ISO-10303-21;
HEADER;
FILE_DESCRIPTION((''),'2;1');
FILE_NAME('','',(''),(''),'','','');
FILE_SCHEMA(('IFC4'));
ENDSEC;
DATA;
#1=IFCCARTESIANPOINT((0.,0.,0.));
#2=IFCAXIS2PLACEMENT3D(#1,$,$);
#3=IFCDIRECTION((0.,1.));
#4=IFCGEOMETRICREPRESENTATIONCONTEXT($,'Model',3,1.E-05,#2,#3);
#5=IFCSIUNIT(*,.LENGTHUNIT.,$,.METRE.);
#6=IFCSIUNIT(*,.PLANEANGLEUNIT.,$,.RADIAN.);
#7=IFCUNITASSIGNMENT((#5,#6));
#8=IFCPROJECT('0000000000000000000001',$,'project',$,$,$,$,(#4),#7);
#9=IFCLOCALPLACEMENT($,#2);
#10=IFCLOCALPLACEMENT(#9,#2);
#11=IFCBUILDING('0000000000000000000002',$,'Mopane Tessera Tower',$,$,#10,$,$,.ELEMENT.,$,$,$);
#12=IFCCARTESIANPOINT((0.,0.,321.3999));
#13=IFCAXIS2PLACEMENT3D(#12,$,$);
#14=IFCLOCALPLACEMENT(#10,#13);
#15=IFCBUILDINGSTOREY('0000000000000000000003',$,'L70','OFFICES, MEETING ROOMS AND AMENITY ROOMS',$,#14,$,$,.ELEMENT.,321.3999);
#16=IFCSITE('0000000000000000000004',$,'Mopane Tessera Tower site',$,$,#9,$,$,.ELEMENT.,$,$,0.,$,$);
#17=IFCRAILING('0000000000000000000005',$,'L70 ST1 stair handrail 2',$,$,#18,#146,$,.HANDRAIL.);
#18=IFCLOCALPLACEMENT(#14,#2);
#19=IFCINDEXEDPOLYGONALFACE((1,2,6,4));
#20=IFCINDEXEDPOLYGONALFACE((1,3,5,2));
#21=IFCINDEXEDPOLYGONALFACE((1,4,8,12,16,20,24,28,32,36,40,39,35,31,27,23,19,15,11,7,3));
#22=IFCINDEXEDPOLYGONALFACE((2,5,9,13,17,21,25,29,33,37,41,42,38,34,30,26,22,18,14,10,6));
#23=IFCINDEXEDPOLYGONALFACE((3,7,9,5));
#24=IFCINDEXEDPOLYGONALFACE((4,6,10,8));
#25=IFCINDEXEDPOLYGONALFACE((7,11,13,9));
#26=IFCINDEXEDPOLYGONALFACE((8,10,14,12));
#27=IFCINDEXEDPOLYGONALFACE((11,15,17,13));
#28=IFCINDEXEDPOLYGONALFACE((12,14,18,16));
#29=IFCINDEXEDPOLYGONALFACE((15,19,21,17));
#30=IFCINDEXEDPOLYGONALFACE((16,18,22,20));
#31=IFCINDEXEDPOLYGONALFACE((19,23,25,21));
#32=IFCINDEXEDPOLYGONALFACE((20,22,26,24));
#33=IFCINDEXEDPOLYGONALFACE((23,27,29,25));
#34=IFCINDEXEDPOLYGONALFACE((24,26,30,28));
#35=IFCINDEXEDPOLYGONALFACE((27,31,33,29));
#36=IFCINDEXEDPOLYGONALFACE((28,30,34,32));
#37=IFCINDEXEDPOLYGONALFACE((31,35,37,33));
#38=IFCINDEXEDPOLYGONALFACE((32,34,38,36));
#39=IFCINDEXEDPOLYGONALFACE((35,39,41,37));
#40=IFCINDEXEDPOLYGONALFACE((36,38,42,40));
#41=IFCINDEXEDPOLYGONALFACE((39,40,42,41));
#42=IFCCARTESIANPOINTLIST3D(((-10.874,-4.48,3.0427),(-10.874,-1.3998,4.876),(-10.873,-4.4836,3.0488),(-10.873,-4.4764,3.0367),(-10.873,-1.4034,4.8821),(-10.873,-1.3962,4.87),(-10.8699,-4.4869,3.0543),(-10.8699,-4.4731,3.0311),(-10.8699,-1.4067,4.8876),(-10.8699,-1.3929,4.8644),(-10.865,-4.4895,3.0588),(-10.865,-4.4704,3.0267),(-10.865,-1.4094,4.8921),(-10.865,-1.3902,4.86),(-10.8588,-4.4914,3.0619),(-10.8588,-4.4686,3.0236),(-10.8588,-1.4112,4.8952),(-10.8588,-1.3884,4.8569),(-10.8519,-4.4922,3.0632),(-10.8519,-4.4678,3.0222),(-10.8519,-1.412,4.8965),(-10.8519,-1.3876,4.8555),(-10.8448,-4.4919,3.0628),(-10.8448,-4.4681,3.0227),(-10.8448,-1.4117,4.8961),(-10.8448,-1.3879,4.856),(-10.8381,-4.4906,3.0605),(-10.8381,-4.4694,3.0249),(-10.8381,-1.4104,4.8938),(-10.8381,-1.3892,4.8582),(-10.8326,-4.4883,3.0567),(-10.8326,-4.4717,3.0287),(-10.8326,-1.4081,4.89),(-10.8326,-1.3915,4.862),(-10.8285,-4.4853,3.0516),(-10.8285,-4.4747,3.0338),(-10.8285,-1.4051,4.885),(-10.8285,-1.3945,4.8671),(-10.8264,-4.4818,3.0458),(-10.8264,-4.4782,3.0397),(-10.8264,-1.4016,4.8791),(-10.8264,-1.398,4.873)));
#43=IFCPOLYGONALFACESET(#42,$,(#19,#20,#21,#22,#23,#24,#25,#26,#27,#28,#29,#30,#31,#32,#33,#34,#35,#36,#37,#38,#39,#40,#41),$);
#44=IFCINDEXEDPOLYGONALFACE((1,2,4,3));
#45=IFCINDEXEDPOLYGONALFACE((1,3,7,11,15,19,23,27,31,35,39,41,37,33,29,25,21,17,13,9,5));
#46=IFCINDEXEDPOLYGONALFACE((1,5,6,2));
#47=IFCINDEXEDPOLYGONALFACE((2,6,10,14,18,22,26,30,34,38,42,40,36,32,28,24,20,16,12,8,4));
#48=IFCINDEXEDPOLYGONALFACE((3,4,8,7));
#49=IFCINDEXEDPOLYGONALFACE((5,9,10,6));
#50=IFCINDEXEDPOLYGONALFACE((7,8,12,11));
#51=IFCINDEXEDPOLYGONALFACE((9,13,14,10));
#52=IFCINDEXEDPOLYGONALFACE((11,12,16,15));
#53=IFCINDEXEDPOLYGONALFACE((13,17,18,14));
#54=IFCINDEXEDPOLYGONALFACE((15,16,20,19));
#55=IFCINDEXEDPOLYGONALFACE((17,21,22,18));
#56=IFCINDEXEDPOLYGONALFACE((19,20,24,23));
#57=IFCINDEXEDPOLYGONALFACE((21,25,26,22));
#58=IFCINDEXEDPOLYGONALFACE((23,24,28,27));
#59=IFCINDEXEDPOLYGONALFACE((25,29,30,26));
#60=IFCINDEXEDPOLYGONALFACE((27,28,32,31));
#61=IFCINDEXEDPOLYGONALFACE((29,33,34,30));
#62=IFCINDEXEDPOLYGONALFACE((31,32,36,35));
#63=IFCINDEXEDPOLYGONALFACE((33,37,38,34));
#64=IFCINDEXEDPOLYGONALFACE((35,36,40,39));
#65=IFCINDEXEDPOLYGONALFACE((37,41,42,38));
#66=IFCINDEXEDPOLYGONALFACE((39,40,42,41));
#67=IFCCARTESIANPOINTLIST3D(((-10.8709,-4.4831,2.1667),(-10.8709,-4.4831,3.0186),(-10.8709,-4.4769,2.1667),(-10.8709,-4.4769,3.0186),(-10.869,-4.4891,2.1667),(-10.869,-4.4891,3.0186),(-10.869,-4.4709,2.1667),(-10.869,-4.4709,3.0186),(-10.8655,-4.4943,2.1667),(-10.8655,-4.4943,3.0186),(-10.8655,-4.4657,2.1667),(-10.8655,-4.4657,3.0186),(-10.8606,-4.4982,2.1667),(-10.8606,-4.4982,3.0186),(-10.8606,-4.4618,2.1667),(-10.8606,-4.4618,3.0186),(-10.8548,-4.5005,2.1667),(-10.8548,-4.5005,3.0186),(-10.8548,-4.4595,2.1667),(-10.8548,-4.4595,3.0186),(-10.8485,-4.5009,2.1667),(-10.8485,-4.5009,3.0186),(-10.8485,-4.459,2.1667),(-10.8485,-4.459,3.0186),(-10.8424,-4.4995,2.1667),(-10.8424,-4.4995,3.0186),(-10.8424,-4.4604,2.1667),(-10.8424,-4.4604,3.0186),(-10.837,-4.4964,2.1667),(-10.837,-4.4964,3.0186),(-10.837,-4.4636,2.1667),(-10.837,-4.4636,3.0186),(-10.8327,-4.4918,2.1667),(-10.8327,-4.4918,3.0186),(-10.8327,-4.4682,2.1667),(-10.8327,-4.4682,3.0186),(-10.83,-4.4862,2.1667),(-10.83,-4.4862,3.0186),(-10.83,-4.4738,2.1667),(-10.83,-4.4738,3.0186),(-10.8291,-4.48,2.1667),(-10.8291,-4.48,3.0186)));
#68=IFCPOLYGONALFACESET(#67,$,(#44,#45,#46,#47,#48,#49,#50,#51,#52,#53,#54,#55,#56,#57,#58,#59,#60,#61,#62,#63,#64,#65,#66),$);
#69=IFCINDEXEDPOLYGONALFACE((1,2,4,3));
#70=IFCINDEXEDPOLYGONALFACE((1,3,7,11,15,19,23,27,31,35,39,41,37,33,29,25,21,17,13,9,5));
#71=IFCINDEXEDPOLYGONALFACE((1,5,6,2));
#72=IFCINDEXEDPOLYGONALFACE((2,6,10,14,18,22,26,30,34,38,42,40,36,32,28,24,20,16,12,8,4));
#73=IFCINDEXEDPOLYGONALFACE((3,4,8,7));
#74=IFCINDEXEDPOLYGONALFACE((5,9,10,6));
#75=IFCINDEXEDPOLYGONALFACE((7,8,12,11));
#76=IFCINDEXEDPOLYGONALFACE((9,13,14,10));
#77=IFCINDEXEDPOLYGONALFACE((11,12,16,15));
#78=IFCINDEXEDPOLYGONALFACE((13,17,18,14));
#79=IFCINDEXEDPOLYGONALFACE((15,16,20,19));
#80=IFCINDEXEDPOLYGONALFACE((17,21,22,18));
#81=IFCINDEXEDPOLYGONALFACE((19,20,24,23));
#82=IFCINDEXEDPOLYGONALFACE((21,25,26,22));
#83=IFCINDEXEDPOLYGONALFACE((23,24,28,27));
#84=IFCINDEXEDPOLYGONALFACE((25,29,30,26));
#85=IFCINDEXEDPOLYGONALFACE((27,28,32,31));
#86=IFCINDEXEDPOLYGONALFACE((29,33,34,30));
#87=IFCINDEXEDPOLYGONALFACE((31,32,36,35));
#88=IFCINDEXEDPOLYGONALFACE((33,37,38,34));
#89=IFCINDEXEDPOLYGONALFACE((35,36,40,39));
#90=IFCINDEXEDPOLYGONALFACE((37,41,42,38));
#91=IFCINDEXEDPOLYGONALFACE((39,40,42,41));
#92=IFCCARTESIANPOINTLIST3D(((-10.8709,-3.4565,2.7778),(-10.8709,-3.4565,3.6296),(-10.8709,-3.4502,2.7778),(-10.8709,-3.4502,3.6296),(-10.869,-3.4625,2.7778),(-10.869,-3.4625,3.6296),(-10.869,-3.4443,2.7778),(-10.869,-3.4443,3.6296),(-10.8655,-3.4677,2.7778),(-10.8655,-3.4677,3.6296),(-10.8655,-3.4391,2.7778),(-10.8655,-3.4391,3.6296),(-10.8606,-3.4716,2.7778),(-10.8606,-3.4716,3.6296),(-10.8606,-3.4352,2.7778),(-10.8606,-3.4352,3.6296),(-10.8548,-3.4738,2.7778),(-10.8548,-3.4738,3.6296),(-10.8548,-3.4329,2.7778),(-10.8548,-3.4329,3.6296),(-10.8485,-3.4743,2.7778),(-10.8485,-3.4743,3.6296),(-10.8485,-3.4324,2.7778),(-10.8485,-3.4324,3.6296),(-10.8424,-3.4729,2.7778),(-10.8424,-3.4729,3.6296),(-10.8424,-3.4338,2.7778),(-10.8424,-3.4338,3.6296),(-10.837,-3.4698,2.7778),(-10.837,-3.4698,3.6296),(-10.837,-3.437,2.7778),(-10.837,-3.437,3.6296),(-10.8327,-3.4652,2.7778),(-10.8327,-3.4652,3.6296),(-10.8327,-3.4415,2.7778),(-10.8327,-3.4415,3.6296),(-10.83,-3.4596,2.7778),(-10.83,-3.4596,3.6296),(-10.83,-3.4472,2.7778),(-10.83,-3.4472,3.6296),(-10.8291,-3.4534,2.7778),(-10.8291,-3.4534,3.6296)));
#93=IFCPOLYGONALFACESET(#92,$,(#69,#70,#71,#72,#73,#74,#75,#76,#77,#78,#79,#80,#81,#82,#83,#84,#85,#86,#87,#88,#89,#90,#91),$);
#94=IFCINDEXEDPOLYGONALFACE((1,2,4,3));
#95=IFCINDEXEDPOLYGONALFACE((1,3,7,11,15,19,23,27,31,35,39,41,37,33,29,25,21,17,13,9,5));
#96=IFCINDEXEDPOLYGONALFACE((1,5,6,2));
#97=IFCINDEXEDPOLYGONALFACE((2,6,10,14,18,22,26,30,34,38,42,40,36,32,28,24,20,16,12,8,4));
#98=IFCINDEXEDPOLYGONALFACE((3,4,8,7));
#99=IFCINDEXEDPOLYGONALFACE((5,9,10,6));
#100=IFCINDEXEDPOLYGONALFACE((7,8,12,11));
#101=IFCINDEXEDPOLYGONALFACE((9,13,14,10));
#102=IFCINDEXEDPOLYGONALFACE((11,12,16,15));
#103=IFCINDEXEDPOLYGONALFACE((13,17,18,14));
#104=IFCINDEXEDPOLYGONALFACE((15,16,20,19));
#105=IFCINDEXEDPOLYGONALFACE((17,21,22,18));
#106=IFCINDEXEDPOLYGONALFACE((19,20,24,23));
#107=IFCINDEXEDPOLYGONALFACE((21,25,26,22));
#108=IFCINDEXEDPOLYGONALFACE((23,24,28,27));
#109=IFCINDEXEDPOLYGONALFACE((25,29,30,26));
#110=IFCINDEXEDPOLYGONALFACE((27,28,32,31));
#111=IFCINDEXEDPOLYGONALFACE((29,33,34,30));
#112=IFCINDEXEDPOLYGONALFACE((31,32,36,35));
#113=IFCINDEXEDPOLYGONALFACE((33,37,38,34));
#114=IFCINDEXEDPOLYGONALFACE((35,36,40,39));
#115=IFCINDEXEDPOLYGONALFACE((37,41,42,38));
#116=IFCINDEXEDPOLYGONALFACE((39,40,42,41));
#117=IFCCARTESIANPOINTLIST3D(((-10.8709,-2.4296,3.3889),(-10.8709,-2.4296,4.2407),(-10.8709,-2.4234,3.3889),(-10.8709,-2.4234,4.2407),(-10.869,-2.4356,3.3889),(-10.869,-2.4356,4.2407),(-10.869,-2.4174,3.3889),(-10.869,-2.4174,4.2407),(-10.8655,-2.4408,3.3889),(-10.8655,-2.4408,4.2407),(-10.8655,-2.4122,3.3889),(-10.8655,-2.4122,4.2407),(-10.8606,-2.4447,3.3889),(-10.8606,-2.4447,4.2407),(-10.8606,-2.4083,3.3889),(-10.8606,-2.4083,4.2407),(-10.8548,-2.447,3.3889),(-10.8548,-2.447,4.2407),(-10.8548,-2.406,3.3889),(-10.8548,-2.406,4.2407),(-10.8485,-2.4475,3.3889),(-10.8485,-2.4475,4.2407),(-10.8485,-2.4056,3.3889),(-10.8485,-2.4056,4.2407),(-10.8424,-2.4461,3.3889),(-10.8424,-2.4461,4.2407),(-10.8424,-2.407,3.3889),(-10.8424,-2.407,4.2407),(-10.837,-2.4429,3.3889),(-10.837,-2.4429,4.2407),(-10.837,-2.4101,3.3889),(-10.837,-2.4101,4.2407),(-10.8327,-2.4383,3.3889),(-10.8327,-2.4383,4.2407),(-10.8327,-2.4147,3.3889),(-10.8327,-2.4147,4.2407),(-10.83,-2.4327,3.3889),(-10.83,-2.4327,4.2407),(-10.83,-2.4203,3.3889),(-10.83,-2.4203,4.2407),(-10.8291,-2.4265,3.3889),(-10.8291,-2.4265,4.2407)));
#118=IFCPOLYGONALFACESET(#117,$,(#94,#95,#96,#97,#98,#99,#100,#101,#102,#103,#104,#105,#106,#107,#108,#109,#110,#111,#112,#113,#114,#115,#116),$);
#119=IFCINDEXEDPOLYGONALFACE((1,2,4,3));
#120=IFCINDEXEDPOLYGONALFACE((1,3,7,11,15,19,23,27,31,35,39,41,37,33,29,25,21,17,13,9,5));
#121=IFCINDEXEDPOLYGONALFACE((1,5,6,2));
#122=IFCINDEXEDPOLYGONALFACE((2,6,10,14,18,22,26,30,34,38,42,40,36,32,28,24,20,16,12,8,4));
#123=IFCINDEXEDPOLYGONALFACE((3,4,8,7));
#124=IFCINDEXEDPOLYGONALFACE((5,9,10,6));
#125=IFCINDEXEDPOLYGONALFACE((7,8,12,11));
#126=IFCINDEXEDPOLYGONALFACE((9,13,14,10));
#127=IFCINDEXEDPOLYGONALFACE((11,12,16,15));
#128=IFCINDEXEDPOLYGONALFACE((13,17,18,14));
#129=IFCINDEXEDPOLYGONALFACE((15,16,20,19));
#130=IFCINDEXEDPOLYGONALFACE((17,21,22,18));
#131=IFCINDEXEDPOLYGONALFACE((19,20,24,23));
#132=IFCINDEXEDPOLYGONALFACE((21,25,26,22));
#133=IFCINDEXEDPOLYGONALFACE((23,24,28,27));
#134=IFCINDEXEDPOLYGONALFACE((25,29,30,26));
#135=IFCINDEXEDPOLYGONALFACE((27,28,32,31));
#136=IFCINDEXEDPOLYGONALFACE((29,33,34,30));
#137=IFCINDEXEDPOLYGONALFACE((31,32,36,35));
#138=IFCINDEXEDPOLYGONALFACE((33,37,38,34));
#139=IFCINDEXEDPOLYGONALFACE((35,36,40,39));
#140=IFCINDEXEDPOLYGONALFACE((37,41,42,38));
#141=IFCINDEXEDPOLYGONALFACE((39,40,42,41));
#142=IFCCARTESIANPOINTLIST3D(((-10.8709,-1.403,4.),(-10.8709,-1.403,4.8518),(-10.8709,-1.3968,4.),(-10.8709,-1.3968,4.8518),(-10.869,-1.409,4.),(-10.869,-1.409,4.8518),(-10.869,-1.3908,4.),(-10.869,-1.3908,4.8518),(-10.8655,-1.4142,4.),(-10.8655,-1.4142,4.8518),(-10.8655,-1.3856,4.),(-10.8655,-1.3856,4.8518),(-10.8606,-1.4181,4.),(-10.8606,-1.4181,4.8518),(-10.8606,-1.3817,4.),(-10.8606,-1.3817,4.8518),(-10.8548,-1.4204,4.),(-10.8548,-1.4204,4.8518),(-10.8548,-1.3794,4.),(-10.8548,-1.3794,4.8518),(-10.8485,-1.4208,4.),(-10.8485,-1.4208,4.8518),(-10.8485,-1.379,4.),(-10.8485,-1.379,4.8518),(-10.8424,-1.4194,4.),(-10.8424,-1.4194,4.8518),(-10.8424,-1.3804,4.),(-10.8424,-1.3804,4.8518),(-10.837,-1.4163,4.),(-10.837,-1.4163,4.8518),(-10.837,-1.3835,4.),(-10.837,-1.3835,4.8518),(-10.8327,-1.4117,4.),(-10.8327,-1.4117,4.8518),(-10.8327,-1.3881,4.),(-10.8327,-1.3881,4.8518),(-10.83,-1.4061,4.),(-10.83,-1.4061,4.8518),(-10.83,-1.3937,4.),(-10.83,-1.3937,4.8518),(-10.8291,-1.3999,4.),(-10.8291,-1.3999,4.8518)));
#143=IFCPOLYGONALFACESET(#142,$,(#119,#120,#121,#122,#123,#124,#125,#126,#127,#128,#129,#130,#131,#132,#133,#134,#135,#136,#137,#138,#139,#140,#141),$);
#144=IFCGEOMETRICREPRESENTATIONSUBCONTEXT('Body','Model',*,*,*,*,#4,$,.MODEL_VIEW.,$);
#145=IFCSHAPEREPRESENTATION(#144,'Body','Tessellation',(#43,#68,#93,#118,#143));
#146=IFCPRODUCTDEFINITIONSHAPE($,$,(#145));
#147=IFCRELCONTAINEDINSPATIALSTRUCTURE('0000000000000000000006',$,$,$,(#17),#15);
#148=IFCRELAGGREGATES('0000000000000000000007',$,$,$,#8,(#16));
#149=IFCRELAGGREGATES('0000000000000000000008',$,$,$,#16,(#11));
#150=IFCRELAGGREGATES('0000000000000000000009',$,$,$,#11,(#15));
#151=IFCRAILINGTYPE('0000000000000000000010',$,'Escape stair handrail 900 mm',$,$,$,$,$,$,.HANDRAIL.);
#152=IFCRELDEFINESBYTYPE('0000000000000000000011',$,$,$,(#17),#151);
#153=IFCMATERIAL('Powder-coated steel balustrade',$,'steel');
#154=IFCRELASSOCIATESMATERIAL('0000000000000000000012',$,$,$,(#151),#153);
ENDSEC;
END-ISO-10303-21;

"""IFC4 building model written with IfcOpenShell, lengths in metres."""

from ifc_helpers import new_model, si_unit, direction, frame, origin, origin_2d, place, context, subcontext, project, spatial, circle, extrude, material, type_object, element, save


model = new_model("IFC4")

# Units and contexts
model_context = context("Model", 3, precision=1e-05, world=origin(), true_north=direction((0.0, 1.0)))
body_context = subcontext(model_context, "Body", "Model", "MODEL_VIEW")
ifc_project = project(units=[si_unit("LENGTHUNIT", "METRE"), si_unit("PLANEANGLEUNIT", "RADIAN")], contexts=[model_context])

# Site, building, storey
site_placement = place(None, origin())
site = spatial("IfcSite", under=ifc_project, at=site_placement, Name="Mopane Tessera Tower site", CompositionType="ELEMENT", RefElevation=0.0)
building_placement = place(site_placement, origin())
building = spatial("IfcBuilding", under=site, at=building_placement, Name="Mopane Tessera Tower", CompositionType="ELEMENT")
storey_placement = place(building_placement, frame((0.0, 0.0, 321.3999)))
storey = spatial("IfcBuildingStorey", under=building, at=storey_placement, Name="L70", Description="OFFICES, MEETING ROOMS AND AMENITY ROOMS", CompositionType="ELEMENT", Elevation=321.3999)

# Railing
ifc_material_1 = material(Name="Powder-coated steel balustrade", Category="steel")
railing_type_1 = type_object("IfcRailingType", Name="Escape stair handrail 900 mm", PredefinedType="HANDRAIL", material=ifc_material_1)
railing_1_placement = place(storey_placement, frame((-10.8501, -4.48, 2.1667)))
element("IfcRailing", 1, at=railing_1_placement, inside=storey, type_object=railing_type_1, Name="L70 ST1 stair handrail 2", PredefinedType="HANDRAIL", context=body_context, shape_type="SweptSolid", body=[
    extrude(circle(Radius=0.0239, at=origin_2d()), frame((0.0, 0.0, 0.876), z_axis=(0.0, 0.859309, 0.511458), x_axis=(-1.0, 0.0, 0.0)), (0.0, 0.0, 1.0), 3.5845),
    extrude(circle(Radius=0.021, at=origin_2d()), origin(), (0.0, 0.0, 1.0), 0.8518),
    extrude(circle(Radius=0.021, at=origin_2d()), frame((0.0, 1.0266, 0.6111)), (0.0, 0.0, 1.0), 0.8518),
    extrude(circle(Radius=0.021, at=origin_2d()), frame((0.0, 2.0535, 1.2222)), (0.0, 0.0, 1.0), 0.8518),
    extrude(circle(Radius=0.021, at=origin_2d()), frame((0.0, 3.0801, 1.8333)), (0.0, 0.0, 1.0), 0.8518),
])

save(model, "model.ifc")
